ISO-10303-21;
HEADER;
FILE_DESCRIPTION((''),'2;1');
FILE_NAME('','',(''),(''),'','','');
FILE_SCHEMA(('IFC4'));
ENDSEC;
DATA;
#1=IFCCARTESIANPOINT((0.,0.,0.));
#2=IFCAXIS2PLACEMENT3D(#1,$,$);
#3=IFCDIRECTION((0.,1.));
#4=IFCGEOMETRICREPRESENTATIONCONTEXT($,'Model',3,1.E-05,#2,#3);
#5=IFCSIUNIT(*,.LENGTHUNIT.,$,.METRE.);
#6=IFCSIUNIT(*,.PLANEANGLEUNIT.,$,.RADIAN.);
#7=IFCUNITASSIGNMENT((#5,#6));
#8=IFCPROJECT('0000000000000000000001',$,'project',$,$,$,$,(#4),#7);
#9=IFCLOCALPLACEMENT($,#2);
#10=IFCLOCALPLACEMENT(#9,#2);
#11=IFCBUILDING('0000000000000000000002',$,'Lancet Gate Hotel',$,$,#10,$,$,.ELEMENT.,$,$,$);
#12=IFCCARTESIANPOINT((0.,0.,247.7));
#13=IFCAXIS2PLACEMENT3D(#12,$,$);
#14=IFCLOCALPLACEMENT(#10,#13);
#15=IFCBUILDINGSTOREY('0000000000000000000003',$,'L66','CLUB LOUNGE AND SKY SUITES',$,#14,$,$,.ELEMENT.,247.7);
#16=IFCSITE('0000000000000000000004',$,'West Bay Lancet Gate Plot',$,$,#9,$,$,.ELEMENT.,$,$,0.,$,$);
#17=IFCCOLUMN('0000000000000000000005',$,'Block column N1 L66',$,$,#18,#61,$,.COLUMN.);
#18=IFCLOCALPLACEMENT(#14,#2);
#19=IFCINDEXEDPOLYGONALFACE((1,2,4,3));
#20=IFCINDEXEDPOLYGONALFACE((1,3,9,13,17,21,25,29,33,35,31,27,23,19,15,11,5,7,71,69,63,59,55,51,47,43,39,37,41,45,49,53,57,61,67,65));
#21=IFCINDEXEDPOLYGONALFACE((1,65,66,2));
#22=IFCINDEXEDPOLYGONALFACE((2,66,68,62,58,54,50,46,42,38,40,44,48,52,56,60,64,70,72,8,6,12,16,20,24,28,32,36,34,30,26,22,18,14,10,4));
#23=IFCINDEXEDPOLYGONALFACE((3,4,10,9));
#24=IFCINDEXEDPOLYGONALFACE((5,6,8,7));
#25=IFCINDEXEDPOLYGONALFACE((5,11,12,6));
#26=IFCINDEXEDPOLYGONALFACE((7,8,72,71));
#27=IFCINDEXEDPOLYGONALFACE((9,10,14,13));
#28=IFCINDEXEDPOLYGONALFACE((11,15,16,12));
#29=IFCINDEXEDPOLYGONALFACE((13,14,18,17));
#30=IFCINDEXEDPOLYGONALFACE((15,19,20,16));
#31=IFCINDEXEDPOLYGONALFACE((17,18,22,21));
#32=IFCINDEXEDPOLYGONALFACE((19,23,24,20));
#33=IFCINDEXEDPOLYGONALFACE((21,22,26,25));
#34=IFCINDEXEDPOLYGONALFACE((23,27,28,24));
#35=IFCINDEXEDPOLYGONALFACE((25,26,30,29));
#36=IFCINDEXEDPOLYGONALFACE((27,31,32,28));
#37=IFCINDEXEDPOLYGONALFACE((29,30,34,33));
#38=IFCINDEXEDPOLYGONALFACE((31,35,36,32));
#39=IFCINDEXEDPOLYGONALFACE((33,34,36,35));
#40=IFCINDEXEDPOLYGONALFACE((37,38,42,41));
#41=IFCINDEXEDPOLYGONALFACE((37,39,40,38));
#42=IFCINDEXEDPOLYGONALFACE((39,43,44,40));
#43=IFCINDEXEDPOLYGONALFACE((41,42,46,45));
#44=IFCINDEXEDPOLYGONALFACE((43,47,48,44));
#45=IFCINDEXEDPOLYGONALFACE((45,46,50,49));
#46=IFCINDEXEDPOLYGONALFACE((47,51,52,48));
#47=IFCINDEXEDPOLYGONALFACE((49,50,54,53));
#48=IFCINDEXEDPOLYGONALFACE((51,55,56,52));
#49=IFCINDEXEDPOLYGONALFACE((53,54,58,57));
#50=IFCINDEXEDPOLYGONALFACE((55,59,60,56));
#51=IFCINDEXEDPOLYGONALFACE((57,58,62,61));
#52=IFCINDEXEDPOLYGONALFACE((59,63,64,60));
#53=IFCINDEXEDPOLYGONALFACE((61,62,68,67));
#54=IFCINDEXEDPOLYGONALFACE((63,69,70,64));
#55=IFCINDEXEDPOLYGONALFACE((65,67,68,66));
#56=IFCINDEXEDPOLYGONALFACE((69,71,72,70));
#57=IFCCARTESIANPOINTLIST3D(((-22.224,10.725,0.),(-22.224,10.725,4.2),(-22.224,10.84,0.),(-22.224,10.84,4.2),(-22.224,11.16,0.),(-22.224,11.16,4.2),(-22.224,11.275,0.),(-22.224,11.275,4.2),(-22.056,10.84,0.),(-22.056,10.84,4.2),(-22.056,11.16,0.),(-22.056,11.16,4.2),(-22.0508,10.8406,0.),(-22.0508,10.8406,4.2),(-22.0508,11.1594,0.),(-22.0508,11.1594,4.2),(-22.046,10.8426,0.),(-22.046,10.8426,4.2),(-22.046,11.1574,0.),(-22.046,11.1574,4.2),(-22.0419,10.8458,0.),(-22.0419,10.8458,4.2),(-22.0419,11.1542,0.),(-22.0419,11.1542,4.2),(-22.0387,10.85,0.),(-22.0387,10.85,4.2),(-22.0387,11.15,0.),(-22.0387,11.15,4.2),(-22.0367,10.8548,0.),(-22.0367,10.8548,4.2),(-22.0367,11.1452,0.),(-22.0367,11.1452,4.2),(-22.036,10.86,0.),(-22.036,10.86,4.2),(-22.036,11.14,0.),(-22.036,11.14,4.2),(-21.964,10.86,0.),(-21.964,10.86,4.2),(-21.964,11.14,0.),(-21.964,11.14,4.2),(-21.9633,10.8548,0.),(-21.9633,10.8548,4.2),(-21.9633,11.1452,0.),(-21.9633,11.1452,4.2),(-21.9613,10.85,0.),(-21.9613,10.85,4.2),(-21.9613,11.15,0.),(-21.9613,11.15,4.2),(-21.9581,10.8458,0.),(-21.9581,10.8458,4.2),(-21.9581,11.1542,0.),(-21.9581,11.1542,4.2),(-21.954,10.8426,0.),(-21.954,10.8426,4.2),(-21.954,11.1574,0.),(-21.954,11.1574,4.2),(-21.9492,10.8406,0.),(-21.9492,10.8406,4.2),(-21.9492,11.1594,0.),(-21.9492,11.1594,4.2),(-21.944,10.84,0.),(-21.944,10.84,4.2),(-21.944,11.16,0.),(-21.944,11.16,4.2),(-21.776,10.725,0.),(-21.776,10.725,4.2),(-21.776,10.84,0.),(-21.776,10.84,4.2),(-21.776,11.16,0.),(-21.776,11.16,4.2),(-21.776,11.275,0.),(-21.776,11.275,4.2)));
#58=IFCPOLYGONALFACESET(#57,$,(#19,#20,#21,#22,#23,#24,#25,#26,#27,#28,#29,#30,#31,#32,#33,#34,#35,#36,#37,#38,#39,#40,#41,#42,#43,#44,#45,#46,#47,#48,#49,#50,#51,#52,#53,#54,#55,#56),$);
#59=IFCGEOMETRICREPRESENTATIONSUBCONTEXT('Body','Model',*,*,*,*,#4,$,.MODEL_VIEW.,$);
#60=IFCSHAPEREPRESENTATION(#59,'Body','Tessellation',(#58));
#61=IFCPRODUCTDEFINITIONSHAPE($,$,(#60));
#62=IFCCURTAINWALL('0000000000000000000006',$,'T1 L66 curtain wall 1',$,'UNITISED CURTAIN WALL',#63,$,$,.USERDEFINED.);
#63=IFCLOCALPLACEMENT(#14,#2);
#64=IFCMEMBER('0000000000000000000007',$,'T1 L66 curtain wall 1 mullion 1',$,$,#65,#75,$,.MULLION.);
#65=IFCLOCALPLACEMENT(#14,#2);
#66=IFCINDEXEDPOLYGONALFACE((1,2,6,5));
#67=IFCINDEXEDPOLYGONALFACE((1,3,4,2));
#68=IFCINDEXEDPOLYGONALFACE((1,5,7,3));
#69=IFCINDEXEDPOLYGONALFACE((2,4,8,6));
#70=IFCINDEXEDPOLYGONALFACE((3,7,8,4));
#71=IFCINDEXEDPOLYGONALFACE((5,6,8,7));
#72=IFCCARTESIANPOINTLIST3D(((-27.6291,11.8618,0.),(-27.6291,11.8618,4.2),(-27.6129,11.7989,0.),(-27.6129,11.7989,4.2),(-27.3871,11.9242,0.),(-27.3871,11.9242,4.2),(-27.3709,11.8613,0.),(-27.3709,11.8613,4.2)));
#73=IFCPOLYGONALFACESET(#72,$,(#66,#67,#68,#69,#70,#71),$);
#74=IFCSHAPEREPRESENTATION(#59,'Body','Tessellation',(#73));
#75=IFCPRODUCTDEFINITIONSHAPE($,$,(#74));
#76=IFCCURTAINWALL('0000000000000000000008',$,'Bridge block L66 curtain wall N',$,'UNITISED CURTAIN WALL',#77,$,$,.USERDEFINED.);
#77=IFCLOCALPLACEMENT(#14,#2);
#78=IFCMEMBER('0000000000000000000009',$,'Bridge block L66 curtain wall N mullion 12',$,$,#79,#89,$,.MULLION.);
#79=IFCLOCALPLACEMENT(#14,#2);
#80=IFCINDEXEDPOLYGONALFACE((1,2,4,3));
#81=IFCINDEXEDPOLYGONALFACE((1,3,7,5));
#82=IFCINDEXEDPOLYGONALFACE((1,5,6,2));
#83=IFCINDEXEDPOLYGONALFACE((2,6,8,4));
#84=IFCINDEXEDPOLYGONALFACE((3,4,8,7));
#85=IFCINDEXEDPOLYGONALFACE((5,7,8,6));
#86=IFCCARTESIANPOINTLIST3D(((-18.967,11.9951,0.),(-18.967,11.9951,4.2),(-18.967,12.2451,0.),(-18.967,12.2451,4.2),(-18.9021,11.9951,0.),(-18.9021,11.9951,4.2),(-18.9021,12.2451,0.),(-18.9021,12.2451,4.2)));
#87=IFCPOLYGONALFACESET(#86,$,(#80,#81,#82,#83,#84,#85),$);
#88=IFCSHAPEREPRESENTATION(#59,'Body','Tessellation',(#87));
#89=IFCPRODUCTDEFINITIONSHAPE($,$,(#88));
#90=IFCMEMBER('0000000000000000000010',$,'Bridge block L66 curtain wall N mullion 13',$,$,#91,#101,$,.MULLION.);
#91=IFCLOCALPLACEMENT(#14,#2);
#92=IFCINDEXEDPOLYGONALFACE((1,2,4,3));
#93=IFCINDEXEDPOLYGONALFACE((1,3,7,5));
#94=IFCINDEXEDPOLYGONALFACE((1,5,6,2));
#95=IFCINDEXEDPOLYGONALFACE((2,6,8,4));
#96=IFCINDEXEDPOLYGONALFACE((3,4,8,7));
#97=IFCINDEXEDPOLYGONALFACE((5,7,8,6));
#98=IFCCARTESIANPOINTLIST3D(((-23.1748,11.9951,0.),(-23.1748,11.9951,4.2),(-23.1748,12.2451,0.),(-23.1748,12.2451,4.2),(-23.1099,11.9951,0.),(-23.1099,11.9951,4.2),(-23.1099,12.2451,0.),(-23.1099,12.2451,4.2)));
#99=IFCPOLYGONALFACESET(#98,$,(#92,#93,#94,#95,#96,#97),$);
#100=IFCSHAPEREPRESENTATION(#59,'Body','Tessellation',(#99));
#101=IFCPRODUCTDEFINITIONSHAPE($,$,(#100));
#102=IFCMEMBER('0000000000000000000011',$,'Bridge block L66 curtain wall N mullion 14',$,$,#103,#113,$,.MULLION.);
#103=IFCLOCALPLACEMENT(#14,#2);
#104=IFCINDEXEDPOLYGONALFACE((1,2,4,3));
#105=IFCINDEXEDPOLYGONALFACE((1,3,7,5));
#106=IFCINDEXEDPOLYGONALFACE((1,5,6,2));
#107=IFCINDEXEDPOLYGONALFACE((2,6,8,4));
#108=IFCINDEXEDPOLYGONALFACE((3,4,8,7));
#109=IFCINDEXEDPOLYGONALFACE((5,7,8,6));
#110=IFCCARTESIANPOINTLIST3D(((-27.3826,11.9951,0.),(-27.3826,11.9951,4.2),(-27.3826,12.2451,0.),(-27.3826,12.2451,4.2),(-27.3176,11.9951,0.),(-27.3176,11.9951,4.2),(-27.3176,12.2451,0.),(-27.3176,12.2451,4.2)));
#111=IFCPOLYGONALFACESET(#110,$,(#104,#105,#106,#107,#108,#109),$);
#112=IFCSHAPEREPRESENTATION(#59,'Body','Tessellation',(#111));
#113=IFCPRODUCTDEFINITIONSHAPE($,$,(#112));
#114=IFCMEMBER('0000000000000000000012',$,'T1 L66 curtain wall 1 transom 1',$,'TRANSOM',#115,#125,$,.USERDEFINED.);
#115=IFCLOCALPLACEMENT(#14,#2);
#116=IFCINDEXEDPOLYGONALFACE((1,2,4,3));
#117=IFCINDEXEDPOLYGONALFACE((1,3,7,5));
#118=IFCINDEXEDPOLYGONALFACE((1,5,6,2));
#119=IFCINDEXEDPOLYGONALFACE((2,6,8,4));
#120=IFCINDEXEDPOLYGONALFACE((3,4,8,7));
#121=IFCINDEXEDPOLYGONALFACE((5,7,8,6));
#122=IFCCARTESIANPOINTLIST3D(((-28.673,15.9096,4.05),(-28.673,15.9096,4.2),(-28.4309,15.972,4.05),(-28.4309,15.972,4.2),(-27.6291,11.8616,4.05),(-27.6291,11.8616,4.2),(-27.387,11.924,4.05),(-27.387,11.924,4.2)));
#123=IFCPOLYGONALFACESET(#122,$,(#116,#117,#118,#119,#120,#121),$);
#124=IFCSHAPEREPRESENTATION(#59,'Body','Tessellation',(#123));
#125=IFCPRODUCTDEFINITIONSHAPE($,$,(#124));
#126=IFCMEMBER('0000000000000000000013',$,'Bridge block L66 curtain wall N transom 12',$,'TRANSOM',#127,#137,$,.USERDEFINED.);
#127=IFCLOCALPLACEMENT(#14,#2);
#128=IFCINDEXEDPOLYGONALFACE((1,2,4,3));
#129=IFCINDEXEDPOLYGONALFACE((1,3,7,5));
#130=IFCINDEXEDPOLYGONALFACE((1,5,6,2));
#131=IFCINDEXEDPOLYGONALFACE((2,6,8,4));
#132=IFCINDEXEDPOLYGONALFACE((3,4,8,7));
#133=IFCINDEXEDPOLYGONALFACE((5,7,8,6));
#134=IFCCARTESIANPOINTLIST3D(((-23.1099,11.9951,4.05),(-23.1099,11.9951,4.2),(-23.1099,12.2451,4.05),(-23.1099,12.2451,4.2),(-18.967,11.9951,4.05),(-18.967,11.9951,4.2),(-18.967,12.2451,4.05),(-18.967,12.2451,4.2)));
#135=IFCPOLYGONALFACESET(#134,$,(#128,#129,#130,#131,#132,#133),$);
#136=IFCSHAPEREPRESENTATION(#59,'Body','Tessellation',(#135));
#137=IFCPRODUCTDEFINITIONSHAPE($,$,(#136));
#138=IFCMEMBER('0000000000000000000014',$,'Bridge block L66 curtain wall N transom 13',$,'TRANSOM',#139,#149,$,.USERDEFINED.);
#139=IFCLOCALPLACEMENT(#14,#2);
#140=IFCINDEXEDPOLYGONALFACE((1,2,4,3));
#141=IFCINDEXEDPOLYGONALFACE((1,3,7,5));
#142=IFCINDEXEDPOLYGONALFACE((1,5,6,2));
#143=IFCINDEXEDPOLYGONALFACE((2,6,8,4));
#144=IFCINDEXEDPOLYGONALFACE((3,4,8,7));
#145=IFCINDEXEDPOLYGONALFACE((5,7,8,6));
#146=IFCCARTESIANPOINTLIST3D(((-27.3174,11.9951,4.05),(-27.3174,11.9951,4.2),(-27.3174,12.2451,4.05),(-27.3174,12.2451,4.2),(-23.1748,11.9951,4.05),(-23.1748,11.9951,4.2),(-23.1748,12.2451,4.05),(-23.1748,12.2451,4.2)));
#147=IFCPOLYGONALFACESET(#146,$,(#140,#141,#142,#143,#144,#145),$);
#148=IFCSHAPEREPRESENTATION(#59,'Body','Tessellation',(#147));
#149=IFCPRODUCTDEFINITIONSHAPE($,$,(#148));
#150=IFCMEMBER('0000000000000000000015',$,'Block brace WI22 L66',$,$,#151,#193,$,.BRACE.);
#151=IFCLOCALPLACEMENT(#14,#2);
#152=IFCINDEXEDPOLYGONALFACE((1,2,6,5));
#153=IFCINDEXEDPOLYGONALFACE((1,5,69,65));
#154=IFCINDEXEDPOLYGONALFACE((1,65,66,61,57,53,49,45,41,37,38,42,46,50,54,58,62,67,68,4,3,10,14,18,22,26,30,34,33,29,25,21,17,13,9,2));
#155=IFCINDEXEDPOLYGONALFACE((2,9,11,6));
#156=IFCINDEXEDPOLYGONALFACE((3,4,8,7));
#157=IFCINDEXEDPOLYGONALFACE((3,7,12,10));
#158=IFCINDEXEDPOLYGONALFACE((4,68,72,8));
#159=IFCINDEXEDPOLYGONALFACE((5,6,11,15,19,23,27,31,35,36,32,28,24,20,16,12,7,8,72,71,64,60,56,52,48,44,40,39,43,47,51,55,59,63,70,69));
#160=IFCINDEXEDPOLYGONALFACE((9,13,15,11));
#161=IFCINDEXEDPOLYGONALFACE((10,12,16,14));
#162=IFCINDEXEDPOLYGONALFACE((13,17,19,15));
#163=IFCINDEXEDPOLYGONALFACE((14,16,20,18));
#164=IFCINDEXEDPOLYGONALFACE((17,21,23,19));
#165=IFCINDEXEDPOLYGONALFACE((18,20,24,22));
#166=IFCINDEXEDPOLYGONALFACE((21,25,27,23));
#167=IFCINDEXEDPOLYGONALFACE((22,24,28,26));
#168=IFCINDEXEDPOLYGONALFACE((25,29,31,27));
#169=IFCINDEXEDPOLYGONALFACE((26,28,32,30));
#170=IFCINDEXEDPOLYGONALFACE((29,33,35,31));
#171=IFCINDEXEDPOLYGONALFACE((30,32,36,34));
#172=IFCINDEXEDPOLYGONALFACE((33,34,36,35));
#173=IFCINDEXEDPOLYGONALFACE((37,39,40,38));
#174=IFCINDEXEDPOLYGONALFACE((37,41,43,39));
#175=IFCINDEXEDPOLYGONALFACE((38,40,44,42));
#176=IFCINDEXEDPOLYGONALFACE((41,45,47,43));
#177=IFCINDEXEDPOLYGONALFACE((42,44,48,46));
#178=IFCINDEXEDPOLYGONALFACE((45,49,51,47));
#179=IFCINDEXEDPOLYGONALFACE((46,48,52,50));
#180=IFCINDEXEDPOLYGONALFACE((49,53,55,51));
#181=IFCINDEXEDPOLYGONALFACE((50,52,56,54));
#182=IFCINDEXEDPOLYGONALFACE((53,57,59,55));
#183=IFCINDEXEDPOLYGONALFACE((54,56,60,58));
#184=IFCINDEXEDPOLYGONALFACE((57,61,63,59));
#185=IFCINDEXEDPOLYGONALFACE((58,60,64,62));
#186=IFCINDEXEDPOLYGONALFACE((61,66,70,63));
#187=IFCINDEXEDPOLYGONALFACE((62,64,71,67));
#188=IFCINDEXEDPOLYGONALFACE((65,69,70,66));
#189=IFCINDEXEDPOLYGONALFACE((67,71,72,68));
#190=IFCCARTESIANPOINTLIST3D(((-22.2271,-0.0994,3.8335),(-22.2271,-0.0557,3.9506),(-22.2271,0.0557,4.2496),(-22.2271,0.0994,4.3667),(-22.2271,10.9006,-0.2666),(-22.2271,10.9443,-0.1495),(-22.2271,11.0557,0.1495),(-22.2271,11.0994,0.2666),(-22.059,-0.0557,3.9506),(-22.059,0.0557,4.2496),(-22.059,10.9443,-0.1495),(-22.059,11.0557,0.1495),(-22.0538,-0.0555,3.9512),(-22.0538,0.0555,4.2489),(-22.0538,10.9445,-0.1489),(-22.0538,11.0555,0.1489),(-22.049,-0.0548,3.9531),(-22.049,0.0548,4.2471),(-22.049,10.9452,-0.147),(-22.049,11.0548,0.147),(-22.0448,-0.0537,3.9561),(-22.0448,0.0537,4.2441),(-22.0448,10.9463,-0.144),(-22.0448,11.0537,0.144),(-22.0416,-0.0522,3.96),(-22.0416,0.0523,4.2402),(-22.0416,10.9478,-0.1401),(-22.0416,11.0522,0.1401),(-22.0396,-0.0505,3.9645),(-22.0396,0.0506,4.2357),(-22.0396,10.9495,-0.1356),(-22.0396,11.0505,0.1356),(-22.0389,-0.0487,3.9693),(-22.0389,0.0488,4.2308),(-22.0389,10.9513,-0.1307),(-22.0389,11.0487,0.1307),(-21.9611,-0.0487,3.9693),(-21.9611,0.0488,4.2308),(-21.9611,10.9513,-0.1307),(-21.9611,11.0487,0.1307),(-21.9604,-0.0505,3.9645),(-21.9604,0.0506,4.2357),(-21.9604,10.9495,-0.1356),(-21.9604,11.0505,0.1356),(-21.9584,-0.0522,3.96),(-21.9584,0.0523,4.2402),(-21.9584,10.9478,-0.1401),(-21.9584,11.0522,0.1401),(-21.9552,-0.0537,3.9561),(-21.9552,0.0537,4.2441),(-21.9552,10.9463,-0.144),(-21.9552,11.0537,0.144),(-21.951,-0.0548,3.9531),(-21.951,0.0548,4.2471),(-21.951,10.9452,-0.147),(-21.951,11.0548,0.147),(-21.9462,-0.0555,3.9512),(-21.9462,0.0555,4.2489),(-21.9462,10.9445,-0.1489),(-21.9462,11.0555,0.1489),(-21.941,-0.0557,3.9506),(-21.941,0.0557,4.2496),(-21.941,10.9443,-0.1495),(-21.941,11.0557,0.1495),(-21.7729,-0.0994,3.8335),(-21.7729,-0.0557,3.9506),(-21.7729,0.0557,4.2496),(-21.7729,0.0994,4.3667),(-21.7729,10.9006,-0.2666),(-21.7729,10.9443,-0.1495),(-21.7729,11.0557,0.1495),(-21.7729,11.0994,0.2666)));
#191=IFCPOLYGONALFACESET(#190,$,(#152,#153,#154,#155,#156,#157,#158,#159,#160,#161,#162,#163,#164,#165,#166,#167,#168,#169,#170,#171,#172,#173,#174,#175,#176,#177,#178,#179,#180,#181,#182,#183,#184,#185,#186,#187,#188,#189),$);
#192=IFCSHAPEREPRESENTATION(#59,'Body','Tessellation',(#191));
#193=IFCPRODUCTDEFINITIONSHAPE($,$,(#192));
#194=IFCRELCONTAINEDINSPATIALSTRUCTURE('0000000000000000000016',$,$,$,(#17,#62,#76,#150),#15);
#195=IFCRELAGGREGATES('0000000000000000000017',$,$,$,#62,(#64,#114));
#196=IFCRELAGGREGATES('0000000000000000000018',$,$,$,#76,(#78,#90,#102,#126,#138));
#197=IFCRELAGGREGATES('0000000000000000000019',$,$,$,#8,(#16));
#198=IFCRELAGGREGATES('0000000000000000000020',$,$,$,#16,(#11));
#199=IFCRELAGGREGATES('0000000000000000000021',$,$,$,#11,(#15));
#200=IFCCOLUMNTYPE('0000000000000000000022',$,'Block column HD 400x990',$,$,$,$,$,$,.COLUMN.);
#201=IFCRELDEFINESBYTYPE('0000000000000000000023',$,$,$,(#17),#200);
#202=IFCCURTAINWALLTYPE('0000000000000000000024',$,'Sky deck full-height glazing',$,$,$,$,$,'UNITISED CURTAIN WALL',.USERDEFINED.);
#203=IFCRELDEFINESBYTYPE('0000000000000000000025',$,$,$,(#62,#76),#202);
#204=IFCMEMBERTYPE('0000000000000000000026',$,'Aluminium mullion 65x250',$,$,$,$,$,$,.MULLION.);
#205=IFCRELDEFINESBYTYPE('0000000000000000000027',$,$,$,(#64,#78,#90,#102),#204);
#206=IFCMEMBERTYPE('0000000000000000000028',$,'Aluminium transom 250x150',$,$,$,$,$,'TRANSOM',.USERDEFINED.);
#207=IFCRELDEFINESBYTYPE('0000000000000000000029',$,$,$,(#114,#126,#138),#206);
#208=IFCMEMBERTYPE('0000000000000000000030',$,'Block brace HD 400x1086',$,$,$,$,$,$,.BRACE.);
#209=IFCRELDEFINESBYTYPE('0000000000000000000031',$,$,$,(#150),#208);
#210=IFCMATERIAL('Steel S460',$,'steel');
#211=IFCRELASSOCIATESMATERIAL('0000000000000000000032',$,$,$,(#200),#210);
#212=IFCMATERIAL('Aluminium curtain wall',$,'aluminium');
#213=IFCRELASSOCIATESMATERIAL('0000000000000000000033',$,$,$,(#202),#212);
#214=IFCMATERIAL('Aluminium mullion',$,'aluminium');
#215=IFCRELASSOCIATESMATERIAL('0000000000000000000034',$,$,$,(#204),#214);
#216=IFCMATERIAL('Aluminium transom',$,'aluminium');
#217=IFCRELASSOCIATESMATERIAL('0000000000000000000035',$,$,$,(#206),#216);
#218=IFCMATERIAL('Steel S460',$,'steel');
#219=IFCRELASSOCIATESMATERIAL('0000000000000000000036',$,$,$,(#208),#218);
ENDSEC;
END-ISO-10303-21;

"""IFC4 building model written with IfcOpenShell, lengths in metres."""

from ifc_helpers import new_model, si_unit, direction, frame, origin, origin_2d, place, context, subcontext, project, spatial, rectangle, i_section, extrude, material, material_profile, profile_set, type_object, element, aggregate, save


model = new_model("IFC4")

# Units and contexts
model_context = context("Model", 3, precision=1e-05, world=origin(), true_north=direction((0.0, 1.0)))
body_context = subcontext(model_context, "Body", "Model", "MODEL_VIEW")
ifc_project = project(units=[si_unit("LENGTHUNIT", "METRE"), si_unit("PLANEANGLEUNIT", "RADIAN")], contexts=[model_context])

# Site, building, storey
site_placement = place(None, origin())
site = spatial("IfcSite", under=ifc_project, at=site_placement, Name="West Bay Lancet Gate Plot", CompositionType="ELEMENT", RefElevation=0.0)
building_placement = place(site_placement, origin())
building = spatial("IfcBuilding", under=site, at=building_placement, Name="Lancet Gate Hotel", CompositionType="ELEMENT")
storey_placement = place(building_placement, frame((0.0, 0.0, 247.7)))
storey = spatial("IfcBuildingStorey", under=building, at=storey_placement, Name="L66", Description="CLUB LOUNGE AND SKY SUITES", CompositionType="ELEMENT", Elevation=247.7)

# Column
ifc_material_1 = material(Name="Steel S460", Category="steel")
ifc_material_profile_1 = material_profile(ifc_material_1, i_section(OverallWidth=0.448, OverallDepth=0.55, WebThickness=0.072, FlangeThickness=0.115, FilletRadius=0.02, at=origin_2d()), Name="HD 400x990")
ifc_profile_set_1 = profile_set([ifc_material_profile_1], Name="Steel S460")
column_type = type_object("IfcColumnType", Name="Block column HD 400x990", PredefinedType="COLUMN", material=ifc_profile_set_1)
column_placement = place(storey_placement, frame((-22.0, 11.0, 0.0), z_axis=(0.0, 0.0, 1.0), x_axis=(1.0, 0.0, 0.0)))
element("IfcColumn", 1, at=column_placement, inside=storey, type_object=column_type, Name="Block column N1 L66", PredefinedType="COLUMN", context=body_context, shape_type="SweptSolid", body=[
    extrude(i_section(OverallWidth=0.448, OverallDepth=0.55, WebThickness=0.072, FlangeThickness=0.115, FilletRadius=0.02, at=origin_2d()), origin(), (0.0, 0.0, 1.0), 4.2),
])

# Curtain wall, member
ifc_material_2 = material(Name="Aluminium curtain wall", Category="aluminium")
curtain_wall_type = type_object("IfcCurtainWallType", Name="Sky deck full-height glazing", ElementType="UNITISED CURTAIN WALL", PredefinedType="USERDEFINED", material=ifc_material_2)
curtain_wall_1_placement = place(storey_placement, origin())
curtain_wall_1 = element("IfcCurtainWall", 2, at=curtain_wall_1_placement, inside=storey, type_object=curtain_wall_type, Name="T1 L66 curtain wall 1", ObjectType="UNITISED CURTAIN WALL", PredefinedType="USERDEFINED")
ifc_material_3 = material(Name="Aluminium mullion", Category="aluminium")
ifc_material_profile_2 = material_profile(ifc_material_3, rectangle(XDim=0.0649, YDim=0.25, at=origin_2d()), Name="MULLION 65x250")
ifc_profile_set_2 = profile_set([ifc_material_profile_2], Name="Aluminium mullion")
member_type_1 = type_object("IfcMemberType", Name="Aluminium mullion 65x250", PredefinedType="MULLION", material=ifc_profile_set_2)
member_1_placement = place(storey_placement, frame((-27.5, 11.8616, 0.0), z_axis=(0.0, 0.0, 1.0), x_axis=(-0.249726, 0.968317, 0.0)))
member_1 = element("IfcMember", 3, at=member_1_placement, type_object=member_type_1, Name="T1 L66 curtain wall 1 mullion 1", PredefinedType="MULLION", context=body_context, shape_type="SweptSolid", body=[
    extrude(rectangle(XDim=0.0649, YDim=0.25, at=origin_2d()), origin(), (0.0, 0.0, 1.0), 4.2),
])

# Curtain wall, members
curtain_wall_2_placement = place(storey_placement, origin())
curtain_wall_2 = element("IfcCurtainWall", 4, at=curtain_wall_2_placement, inside=storey, type_object=curtain_wall_type, Name="Bridge block L66 curtain wall N", ObjectType="UNITISED CURTAIN WALL", PredefinedType="USERDEFINED")
member_2_placement = place(storey_placement, frame((-18.9346, 12.1201, 0.0), z_axis=(0.0, 0.0, 1.0), x_axis=(-1.0, 0.0, 0.0)))
member_2 = element("IfcMember", 5, at=member_2_placement, type_object=member_type_1, Name="Bridge block L66 curtain wall N mullion 12", PredefinedType="MULLION", context=body_context, shape_type="SweptSolid", body=[
    extrude(rectangle(XDim=0.0649, YDim=0.25, at=origin_2d()), origin(), (0.0, 0.0, 1.0), 4.2),
])
member_3_placement = place(storey_placement, frame((-23.1423, 12.1201, 0.0), z_axis=(0.0, 0.0, 1.0), x_axis=(-1.0, 0.0, 0.0)))
member_3 = element("IfcMember", 6, at=member_3_placement, type_object=member_type_1, Name="Bridge block L66 curtain wall N mullion 13", PredefinedType="MULLION", context=body_context, shape_type="SweptSolid", body=[
    extrude(rectangle(XDim=0.0649, YDim=0.25, at=origin_2d()), origin(), (0.0, 0.0, 1.0), 4.2),
])
member_4_placement = place(storey_placement, frame((-27.3501, 12.1201, 0.0), z_axis=(0.0, 0.0, 1.0), x_axis=(-1.0, 0.0, 0.0)))
member_4 = element("IfcMember", 7, at=member_4_placement, type_object=member_type_1, Name="Bridge block L66 curtain wall N mullion 14", PredefinedType="MULLION", context=body_context, shape_type="SweptSolid", body=[
    extrude(rectangle(XDim=0.0649, YDim=0.25, at=origin_2d()), origin(), (0.0, 0.0, 1.0), 4.2),
])

# Members
ifc_material_4 = material(Name="Aluminium transom", Category="aluminium")
ifc_material_profile_3 = material_profile(ifc_material_4, rectangle(XDim=0.25, YDim=0.1499, at=origin_2d()), Name="TRANSOM 250x150")
ifc_profile_set_3 = profile_set([ifc_material_profile_3], Name="Aluminium transom")
member_type_2 = type_object("IfcMemberType", Name="Aluminium transom 250x150", ElementType="TRANSOM", PredefinedType="USERDEFINED", material=ifc_profile_set_3)
member_5_placement = place(storey_placement, frame((-27.5081, 11.8928, 4.125), z_axis=(-0.249716, 0.968319, 0.0), x_axis=(-0.968319, -0.249716, 0.0)))
member_5 = element("IfcMember", 8, at=member_5_placement, type_object=member_type_2, Name="T1 L66 curtain wall 1 transom 1", ObjectType="TRANSOM", PredefinedType="USERDEFINED", context=body_context, shape_type="SweptSolid", body=[
    extrude(rectangle(XDim=0.25, YDim=0.1499, at=origin_2d()), origin(), (0.0, 0.0, 1.0), 4.1804),
])
member_6_placement = place(storey_placement, frame((-18.967, 12.1201, 4.125), z_axis=(-1.0, 0.0, 0.0), x_axis=(0.0, -1.0, 0.0)))
member_6 = element("IfcMember", 9, at=member_6_placement, type_object=member_type_2, Name="Bridge block L66 curtain wall N transom 12", ObjectType="TRANSOM", PredefinedType="USERDEFINED", context=body_context, shape_type="SweptSolid", body=[
    extrude(rectangle(XDim=0.25, YDim=0.1499, at=origin_2d()), origin(), (0.0, 0.0, 1.0), 4.1428),
])
member_7_placement = place(storey_placement, frame((-23.1748, 12.1201, 4.125), z_axis=(-1.0, 0.0, 0.0), x_axis=(0.0, -1.0, 0.0)))
member_7 = element("IfcMember", 10, at=member_7_placement, type_object=member_type_2, Name="Bridge block L66 curtain wall N transom 13", ObjectType="TRANSOM", PredefinedType="USERDEFINED", context=body_context, shape_type="SweptSolid", body=[
    extrude(rectangle(XDim=0.25, YDim=0.1499, at=origin_2d()), origin(), (0.0, 0.0, 1.0), 4.1426),
])
ifc_material_5 = material(Name="Steel S460", Category="steel")
ifc_material_profile_4 = material_profile(ifc_material_5, i_section(OverallWidth=0.4541, OverallDepth=0.5691, WebThickness=0.0779, FlangeThickness=0.125, FilletRadius=0.02, at=origin_2d()), Name="HD 400x1086")
ifc_profile_set_4 = profile_set([ifc_material_profile_4], Name="Steel S460")
member_type_3 = type_object("IfcMemberType", Name="Block brace HD 400x1086", PredefinedType="BRACE", material=ifc_profile_set_4)
member_8_placement = place(storey_placement, frame((-22.0, 11.0, 0.0), z_axis=(0.0, -0.937025, 0.349263), x_axis=(1.0, 0.0, 0.0)))
element("IfcMember", 11, at=member_8_placement, inside=storey, type_object=member_type_3, Name="Block brace WI22 L66", PredefinedType="BRACE", context=body_context, shape_type="SweptSolid", body=[
    extrude(i_section(OverallWidth=0.4541, OverallDepth=0.5691, WebThickness=0.0779, FlangeThickness=0.125, FilletRadius=0.02, at=origin_2d()), origin(), (0.0, 0.0, 1.0), 11.7393),
])

aggregate(curtain_wall_1, [member_1, member_5])
aggregate(curtain_wall_2, [member_2, member_3, member_4, member_6, member_7])

save(model, "model.ifc")
